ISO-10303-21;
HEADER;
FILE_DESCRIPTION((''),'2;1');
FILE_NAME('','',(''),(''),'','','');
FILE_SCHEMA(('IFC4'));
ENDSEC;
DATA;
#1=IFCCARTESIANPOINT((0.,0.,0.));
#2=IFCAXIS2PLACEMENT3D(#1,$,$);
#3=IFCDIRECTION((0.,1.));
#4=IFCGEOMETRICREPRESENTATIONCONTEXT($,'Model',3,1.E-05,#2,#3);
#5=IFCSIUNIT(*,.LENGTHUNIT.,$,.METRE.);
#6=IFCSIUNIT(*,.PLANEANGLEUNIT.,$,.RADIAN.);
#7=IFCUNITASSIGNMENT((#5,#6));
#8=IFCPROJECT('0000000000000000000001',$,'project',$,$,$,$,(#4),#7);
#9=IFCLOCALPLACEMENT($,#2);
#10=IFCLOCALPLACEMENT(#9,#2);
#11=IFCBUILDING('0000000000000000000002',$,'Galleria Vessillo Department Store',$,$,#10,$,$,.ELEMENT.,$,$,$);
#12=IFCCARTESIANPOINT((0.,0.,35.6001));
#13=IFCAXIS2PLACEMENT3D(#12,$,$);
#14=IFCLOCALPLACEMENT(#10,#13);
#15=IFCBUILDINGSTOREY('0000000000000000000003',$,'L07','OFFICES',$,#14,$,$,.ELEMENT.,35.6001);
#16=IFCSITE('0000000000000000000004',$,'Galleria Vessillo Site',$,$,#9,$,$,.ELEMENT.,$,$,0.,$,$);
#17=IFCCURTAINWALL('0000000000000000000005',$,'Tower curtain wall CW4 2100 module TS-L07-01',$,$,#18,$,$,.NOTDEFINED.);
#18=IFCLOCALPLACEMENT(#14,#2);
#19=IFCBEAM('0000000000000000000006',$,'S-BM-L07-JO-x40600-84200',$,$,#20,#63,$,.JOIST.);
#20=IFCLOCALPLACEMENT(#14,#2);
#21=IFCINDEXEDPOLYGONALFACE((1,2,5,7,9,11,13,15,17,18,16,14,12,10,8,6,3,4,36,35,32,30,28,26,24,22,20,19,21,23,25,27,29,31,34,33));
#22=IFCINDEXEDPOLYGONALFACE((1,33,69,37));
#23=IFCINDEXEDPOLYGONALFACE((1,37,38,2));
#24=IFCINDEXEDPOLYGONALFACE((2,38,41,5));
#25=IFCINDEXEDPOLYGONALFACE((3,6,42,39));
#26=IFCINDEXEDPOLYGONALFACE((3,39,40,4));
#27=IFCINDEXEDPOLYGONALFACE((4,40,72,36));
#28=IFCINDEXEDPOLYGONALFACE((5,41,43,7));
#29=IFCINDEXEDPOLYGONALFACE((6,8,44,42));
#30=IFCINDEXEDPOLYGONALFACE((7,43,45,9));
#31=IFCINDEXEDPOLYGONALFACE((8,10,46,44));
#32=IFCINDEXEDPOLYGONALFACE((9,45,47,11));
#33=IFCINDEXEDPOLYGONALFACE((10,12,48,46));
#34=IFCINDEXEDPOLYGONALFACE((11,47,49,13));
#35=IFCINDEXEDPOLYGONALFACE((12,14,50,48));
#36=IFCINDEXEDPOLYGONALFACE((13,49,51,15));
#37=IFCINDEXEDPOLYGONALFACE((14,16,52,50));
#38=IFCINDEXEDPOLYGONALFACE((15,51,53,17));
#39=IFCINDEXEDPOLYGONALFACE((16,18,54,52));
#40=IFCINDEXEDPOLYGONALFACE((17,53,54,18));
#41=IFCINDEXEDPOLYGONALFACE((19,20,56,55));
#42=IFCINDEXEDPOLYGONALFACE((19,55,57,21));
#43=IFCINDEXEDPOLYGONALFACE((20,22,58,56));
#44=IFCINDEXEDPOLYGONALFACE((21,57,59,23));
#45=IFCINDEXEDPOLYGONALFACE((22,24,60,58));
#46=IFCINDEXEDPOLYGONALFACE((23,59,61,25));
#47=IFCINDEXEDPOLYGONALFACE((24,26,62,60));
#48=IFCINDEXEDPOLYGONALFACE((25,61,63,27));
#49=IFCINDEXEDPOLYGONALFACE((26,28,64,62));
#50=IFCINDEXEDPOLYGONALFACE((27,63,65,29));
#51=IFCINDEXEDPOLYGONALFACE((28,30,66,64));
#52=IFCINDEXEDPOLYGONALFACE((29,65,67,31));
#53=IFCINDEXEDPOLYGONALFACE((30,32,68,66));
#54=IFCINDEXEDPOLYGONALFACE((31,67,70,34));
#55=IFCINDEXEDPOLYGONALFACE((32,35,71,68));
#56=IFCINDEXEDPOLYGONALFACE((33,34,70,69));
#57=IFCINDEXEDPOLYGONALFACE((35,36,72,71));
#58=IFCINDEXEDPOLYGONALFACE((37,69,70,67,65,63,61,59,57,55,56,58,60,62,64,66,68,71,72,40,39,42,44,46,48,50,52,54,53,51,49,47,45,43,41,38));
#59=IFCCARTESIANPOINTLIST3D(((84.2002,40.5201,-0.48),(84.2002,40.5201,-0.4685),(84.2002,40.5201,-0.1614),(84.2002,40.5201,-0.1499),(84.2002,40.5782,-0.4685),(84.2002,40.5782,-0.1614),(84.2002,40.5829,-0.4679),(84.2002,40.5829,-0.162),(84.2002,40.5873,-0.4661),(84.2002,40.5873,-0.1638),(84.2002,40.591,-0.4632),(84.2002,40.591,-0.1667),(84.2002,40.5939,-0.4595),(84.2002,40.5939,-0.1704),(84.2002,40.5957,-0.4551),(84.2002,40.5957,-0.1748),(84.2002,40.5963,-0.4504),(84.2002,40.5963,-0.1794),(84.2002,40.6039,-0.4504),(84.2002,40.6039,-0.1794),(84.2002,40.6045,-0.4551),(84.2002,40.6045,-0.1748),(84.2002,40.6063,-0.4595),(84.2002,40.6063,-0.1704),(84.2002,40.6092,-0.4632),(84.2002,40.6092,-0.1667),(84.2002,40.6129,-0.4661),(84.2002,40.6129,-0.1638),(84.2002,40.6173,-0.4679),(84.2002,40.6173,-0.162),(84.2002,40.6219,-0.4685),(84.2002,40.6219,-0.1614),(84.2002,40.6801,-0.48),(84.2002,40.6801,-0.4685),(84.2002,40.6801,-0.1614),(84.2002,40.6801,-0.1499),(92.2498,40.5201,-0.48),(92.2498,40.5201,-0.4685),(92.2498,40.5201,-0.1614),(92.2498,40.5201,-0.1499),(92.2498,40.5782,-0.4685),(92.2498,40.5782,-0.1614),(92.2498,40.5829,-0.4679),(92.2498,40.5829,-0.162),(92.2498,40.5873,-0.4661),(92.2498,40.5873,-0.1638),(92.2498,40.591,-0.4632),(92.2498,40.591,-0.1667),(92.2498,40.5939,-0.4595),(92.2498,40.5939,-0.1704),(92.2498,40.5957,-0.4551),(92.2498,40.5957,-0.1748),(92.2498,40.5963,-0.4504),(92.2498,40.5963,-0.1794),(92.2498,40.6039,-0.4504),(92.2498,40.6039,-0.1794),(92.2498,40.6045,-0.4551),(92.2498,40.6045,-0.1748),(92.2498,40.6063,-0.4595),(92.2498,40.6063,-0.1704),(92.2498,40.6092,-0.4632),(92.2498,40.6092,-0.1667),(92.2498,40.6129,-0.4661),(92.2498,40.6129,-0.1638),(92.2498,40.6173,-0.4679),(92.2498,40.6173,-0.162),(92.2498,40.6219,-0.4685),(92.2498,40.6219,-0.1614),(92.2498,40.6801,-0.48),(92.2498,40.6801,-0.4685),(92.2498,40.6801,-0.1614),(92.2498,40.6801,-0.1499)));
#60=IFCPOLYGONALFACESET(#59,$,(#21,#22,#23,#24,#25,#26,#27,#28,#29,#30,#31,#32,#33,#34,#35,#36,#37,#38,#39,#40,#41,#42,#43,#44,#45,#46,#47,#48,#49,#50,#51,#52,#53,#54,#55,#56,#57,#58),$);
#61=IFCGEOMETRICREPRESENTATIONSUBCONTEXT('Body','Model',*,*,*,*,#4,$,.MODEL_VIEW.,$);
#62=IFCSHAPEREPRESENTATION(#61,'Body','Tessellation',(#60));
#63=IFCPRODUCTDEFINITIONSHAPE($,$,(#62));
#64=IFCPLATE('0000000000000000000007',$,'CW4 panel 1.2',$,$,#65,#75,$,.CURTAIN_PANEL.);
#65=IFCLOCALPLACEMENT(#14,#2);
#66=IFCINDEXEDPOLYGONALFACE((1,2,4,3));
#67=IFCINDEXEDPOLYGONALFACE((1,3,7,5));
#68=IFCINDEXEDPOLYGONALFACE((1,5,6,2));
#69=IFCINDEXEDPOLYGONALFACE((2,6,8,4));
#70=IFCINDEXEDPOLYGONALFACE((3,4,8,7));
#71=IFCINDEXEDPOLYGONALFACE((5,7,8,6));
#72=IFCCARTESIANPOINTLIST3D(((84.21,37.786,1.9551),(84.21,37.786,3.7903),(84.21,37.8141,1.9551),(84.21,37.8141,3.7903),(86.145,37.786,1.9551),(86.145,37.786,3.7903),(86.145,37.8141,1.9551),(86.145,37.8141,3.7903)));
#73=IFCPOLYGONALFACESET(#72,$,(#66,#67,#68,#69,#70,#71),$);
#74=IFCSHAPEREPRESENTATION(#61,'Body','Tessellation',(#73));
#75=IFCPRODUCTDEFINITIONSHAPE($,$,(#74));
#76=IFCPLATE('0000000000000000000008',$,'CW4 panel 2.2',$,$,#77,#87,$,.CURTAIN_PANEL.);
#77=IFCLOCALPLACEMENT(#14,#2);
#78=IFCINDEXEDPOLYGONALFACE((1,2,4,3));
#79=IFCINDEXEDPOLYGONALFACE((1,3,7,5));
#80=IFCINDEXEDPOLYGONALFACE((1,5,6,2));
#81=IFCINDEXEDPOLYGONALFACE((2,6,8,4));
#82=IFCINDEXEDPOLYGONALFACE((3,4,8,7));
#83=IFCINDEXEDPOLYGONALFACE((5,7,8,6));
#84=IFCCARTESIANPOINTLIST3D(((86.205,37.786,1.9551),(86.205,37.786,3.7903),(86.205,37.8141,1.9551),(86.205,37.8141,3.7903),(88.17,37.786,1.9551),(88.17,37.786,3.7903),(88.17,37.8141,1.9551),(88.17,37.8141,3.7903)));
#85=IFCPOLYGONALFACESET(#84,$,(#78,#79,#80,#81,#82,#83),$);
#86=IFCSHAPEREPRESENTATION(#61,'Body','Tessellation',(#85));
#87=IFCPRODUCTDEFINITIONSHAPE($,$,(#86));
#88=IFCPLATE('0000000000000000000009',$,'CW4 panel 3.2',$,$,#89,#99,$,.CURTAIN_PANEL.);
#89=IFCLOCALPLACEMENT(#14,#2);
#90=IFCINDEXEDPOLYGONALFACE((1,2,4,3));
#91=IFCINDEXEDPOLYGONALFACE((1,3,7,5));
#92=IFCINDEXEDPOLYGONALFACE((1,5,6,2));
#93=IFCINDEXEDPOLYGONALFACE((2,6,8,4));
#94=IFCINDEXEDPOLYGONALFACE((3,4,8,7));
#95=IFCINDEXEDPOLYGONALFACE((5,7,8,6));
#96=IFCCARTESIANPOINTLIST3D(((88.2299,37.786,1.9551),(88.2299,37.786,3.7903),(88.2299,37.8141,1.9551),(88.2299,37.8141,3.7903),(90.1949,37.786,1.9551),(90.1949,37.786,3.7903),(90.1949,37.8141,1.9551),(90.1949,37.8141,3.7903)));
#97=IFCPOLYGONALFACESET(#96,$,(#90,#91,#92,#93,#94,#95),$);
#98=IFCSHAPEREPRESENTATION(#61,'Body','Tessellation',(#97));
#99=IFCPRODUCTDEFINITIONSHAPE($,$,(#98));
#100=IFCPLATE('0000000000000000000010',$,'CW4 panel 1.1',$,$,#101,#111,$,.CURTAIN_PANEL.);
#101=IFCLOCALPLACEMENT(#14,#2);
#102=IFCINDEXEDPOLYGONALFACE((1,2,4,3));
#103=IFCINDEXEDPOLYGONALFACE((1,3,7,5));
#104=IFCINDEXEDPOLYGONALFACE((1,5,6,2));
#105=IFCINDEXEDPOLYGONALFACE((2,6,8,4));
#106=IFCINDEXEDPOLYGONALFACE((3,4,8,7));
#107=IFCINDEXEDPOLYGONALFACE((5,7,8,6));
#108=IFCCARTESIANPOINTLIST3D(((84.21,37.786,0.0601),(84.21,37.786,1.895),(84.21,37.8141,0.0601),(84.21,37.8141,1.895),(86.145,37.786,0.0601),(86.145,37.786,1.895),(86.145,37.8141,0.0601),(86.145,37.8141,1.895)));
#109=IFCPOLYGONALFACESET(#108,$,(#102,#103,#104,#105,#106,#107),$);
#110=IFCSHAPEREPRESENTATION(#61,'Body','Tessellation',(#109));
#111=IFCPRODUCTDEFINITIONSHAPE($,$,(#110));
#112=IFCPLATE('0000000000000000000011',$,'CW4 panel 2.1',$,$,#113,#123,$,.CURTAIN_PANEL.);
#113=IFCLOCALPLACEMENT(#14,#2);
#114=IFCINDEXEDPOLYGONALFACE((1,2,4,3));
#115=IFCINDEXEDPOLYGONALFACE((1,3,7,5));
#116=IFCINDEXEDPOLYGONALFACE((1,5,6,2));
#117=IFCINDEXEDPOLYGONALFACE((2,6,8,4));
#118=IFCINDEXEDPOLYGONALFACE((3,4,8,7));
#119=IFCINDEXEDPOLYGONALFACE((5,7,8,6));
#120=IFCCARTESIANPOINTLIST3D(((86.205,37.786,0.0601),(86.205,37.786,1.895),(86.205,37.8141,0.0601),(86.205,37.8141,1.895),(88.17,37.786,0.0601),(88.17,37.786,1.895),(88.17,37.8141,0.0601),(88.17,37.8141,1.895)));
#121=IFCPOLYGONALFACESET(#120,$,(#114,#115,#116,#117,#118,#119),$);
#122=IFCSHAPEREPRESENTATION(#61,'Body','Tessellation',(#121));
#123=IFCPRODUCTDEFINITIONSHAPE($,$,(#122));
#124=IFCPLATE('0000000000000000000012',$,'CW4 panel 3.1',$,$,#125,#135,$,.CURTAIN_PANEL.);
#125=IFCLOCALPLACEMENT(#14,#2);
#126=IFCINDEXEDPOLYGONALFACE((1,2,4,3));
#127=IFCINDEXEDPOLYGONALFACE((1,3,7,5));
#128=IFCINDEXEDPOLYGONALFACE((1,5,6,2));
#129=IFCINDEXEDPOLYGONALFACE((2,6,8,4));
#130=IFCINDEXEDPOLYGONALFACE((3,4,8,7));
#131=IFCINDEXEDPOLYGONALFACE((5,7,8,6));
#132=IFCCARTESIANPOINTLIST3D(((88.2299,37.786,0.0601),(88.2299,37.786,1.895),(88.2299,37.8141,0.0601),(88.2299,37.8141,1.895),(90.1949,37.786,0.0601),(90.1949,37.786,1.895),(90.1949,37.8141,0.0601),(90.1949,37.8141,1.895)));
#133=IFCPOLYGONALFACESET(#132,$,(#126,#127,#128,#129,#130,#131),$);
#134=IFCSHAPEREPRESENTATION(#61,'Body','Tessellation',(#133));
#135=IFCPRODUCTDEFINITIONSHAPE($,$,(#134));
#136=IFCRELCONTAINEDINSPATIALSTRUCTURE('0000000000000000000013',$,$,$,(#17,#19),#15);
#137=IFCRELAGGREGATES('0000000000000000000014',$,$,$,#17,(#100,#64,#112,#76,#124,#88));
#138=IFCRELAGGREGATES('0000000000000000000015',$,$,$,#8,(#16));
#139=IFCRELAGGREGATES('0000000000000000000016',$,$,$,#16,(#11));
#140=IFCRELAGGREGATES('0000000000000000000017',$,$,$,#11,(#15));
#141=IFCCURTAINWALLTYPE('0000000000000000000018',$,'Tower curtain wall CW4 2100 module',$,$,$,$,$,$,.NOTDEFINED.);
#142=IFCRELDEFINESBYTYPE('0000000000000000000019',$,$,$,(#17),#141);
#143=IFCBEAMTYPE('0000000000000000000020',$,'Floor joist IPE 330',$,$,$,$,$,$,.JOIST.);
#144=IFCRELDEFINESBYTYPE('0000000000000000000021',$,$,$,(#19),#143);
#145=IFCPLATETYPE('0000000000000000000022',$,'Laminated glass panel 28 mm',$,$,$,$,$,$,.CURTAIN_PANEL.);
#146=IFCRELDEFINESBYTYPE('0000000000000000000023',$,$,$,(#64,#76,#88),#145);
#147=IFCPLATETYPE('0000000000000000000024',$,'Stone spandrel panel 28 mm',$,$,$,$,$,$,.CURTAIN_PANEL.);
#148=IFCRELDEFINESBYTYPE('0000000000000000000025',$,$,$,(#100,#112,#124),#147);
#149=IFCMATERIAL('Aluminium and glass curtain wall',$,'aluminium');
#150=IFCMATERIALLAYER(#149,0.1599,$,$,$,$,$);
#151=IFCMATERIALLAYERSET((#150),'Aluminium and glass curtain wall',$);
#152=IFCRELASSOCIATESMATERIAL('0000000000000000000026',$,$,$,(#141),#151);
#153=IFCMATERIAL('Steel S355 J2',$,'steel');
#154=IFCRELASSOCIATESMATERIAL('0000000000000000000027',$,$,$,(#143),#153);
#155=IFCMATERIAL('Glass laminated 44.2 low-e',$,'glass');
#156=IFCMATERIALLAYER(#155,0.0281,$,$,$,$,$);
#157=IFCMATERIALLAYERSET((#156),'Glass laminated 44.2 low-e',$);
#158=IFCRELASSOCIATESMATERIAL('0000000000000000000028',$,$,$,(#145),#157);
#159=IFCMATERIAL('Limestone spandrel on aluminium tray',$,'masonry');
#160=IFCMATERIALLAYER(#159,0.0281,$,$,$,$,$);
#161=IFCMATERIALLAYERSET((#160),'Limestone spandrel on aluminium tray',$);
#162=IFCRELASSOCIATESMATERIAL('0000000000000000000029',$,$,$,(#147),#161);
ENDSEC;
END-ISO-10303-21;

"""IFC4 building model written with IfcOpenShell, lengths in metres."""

from ifc_helpers import new_model, si_unit, direction, frame, origin, origin_2d, place, context, subcontext, project, spatial, rectangle, i_section, extrude, material, layer, layer_set, material_profile, profile_set, type_object, element, aggregate, save


model = new_model("IFC4")

# Units and contexts
model_context = context("Model", 3, precision=1e-05, world=origin(), true_north=direction((0.0, 1.0)))
body_context = subcontext(model_context, "Body", "Model", "MODEL_VIEW")
ifc_project = project(units=[si_unit("LENGTHUNIT", "METRE"), si_unit("PLANEANGLEUNIT", "RADIAN")], contexts=[model_context])

# Site, building, storey
site_placement = place(None, origin())
site = spatial("IfcSite", under=ifc_project, at=site_placement, Name="Galleria Vessillo Site", CompositionType="ELEMENT", RefElevation=0.0)
building_placement = place(site_placement, origin())
building = spatial("IfcBuilding", under=site, at=building_placement, Name="Galleria Vessillo Department Store", CompositionType="ELEMENT")
storey_placement = place(building_placement, frame((0.0, 0.0, 35.6001)))
storey = spatial("IfcBuildingStorey", under=building, at=storey_placement, Name="L07", Description="OFFICES", CompositionType="ELEMENT", Elevation=35.6001)

# Curtain wall
ifc_material_1 = material(Name="Aluminium and glass curtain wall", Category="aluminium")
ifc_layer_1 = layer(ifc_material_1, 0.1599)
ifc_layer_set_1 = layer_set([ifc_layer_1], Name="Aluminium and glass curtain wall")
curtain_wall_type = type_object("IfcCurtainWallType", Name="Tower curtain wall CW4 2100 module", PredefinedType="NOTDEFINED", material=ifc_layer_set_1)
curtain_wall_placement = place(storey_placement, origin())
curtain_wall = element("IfcCurtainWall", 1, at=curtain_wall_placement, inside=storey, type_object=curtain_wall_type, Name="Tower curtain wall CW4 2100 module TS-L07-01", PredefinedType="NOTDEFINED")

# Beam
ifc_material_2 = material(Name="Steel S355 J2", Category="steel")
ifc_material_profile_1 = material_profile(ifc_material_2, i_section(OverallWidth=0.1599, OverallDepth=0.3301, WebThickness=0.0076, FlangeThickness=0.0115, FilletRadius=0.0181, at=origin_2d()), Name="IPE 330")
ifc_profile_set_1 = profile_set([ifc_material_profile_1], Name="Steel S355 J2")
beam_type = type_object("IfcBeamType", Name="Floor joist IPE 330", PredefinedType="JOIST", material=ifc_profile_set_1)
beam_placement = place(storey_placement, frame((84.2002, 40.6001, -0.3149), z_axis=(1.0, 0.0, 0.0), x_axis=(0.0, 1.0, 0.0)))
element("IfcBeam", 2, at=beam_placement, inside=storey, type_object=beam_type, Name="S-BM-L07-JO-x40600-84200", PredefinedType="JOIST", context=body_context, shape_type="SweptSolid", body=[
    extrude(i_section(OverallWidth=0.1599, OverallDepth=0.3301, WebThickness=0.0076, FlangeThickness=0.0115, FilletRadius=0.0181, at=origin_2d()), origin(), (0.0, 0.0, 1.0), 8.0496),
])

# Plates
ifc_material_3 = material(Name="Glass laminated 44.2 low-e", Category="glass")
ifc_layer_2 = layer(ifc_material_3, 0.0281)
ifc_layer_set_2 = layer_set([ifc_layer_2], Name="Glass laminated 44.2 low-e")
plate_type_1 = type_object("IfcPlateType", Name="Laminated glass panel 28 mm", PredefinedType="CURTAIN_PANEL", material=ifc_layer_set_2)
plate_1_placement = place(storey_placement, frame((85.1775, 37.8, 1.9551), z_axis=(0.0, 0.0, 1.0), x_axis=(1.0, 0.0, 0.0)))
plate_1 = element("IfcPlate", 3, at=plate_1_placement, type_object=plate_type_1, Name="CW4 panel 1.2", PredefinedType="CURTAIN_PANEL", context=body_context, shape_type="SweptSolid", body=[
    extrude(rectangle(XDim=1.9351, YDim=0.0281, at=origin_2d()), origin(), (0.0, 0.0, 1.0), 1.8352),
])
plate_2_placement = place(storey_placement, frame((87.1875, 37.8, 1.9551), z_axis=(0.0, 0.0, 1.0), x_axis=(1.0, 0.0, 0.0)))
plate_2 = element("IfcPlate", 4, at=plate_2_placement, type_object=plate_type_1, Name="CW4 panel 2.2", PredefinedType="CURTAIN_PANEL", context=body_context, shape_type="SweptSolid", body=[
    extrude(rectangle(XDim=1.9651, YDim=0.0281, at=origin_2d()), origin(), (0.0, 0.0, 1.0), 1.8352),
])
plate_3_placement = place(storey_placement, frame((89.2124, 37.8, 1.9551), z_axis=(0.0, 0.0, 1.0), x_axis=(1.0, 0.0, 0.0)))
plate_3 = element("IfcPlate", 5, at=plate_3_placement, type_object=plate_type_1, Name="CW4 panel 3.2", PredefinedType="CURTAIN_PANEL", context=body_context, shape_type="SweptSolid", body=[
    extrude(rectangle(XDim=1.9651, YDim=0.0281, at=origin_2d()), origin(), (0.0, 0.0, 1.0), 1.8352),
])
ifc_material_4 = material(Name="Limestone spandrel on aluminium tray", Category="masonry")
ifc_layer_3 = layer(ifc_material_4, 0.0281)
ifc_layer_set_3 = layer_set([ifc_layer_3], Name="Limestone spandrel on aluminium tray")
plate_type_2 = type_object("IfcPlateType", Name="Stone spandrel panel 28 mm", PredefinedType="CURTAIN_PANEL", material=ifc_layer_set_3)
plate_4_placement = place(storey_placement, frame((85.1775, 37.8, 0.0601), z_axis=(0.0, 0.0, 1.0), x_axis=(1.0, 0.0, 0.0)))
plate_4 = element("IfcPlate", 6, at=plate_4_placement, type_object=plate_type_2, Name="CW4 panel 1.1", PredefinedType="CURTAIN_PANEL", context=body_context, shape_type="SweptSolid", body=[
    extrude(rectangle(XDim=1.9351, YDim=0.0281, at=origin_2d()), origin(), (0.0, 0.0, 1.0), 1.835),
])
plate_5_placement = place(storey_placement, frame((87.1875, 37.8, 0.0601), z_axis=(0.0, 0.0, 1.0), x_axis=(1.0, 0.0, 0.0)))
plate_5 = element("IfcPlate", 7, at=plate_5_placement, type_object=plate_type_2, Name="CW4 panel 2.1", PredefinedType="CURTAIN_PANEL", context=body_context, shape_type="SweptSolid", body=[
    extrude(rectangle(XDim=1.9651, YDim=0.0281, at=origin_2d()), origin(), (0.0, 0.0, 1.0), 1.835),
])
plate_6_placement = place(storey_placement, frame((89.2124, 37.8, 0.0601), z_axis=(0.0, 0.0, 1.0), x_axis=(1.0, 0.0, 0.0)))
plate_6 = element("IfcPlate", 8, at=plate_6_placement, type_object=plate_type_2, Name="CW4 panel 3.1", PredefinedType="CURTAIN_PANEL", context=body_context, shape_type="SweptSolid", body=[
    extrude(rectangle(XDim=1.9651, YDim=0.0281, at=origin_2d()), origin(), (0.0, 0.0, 1.0), 1.835),
])
aggregate(curtain_wall, [plate_4, plate_1, plate_5, plate_2, plate_6, plate_3])

save(model, "model.ifc")
